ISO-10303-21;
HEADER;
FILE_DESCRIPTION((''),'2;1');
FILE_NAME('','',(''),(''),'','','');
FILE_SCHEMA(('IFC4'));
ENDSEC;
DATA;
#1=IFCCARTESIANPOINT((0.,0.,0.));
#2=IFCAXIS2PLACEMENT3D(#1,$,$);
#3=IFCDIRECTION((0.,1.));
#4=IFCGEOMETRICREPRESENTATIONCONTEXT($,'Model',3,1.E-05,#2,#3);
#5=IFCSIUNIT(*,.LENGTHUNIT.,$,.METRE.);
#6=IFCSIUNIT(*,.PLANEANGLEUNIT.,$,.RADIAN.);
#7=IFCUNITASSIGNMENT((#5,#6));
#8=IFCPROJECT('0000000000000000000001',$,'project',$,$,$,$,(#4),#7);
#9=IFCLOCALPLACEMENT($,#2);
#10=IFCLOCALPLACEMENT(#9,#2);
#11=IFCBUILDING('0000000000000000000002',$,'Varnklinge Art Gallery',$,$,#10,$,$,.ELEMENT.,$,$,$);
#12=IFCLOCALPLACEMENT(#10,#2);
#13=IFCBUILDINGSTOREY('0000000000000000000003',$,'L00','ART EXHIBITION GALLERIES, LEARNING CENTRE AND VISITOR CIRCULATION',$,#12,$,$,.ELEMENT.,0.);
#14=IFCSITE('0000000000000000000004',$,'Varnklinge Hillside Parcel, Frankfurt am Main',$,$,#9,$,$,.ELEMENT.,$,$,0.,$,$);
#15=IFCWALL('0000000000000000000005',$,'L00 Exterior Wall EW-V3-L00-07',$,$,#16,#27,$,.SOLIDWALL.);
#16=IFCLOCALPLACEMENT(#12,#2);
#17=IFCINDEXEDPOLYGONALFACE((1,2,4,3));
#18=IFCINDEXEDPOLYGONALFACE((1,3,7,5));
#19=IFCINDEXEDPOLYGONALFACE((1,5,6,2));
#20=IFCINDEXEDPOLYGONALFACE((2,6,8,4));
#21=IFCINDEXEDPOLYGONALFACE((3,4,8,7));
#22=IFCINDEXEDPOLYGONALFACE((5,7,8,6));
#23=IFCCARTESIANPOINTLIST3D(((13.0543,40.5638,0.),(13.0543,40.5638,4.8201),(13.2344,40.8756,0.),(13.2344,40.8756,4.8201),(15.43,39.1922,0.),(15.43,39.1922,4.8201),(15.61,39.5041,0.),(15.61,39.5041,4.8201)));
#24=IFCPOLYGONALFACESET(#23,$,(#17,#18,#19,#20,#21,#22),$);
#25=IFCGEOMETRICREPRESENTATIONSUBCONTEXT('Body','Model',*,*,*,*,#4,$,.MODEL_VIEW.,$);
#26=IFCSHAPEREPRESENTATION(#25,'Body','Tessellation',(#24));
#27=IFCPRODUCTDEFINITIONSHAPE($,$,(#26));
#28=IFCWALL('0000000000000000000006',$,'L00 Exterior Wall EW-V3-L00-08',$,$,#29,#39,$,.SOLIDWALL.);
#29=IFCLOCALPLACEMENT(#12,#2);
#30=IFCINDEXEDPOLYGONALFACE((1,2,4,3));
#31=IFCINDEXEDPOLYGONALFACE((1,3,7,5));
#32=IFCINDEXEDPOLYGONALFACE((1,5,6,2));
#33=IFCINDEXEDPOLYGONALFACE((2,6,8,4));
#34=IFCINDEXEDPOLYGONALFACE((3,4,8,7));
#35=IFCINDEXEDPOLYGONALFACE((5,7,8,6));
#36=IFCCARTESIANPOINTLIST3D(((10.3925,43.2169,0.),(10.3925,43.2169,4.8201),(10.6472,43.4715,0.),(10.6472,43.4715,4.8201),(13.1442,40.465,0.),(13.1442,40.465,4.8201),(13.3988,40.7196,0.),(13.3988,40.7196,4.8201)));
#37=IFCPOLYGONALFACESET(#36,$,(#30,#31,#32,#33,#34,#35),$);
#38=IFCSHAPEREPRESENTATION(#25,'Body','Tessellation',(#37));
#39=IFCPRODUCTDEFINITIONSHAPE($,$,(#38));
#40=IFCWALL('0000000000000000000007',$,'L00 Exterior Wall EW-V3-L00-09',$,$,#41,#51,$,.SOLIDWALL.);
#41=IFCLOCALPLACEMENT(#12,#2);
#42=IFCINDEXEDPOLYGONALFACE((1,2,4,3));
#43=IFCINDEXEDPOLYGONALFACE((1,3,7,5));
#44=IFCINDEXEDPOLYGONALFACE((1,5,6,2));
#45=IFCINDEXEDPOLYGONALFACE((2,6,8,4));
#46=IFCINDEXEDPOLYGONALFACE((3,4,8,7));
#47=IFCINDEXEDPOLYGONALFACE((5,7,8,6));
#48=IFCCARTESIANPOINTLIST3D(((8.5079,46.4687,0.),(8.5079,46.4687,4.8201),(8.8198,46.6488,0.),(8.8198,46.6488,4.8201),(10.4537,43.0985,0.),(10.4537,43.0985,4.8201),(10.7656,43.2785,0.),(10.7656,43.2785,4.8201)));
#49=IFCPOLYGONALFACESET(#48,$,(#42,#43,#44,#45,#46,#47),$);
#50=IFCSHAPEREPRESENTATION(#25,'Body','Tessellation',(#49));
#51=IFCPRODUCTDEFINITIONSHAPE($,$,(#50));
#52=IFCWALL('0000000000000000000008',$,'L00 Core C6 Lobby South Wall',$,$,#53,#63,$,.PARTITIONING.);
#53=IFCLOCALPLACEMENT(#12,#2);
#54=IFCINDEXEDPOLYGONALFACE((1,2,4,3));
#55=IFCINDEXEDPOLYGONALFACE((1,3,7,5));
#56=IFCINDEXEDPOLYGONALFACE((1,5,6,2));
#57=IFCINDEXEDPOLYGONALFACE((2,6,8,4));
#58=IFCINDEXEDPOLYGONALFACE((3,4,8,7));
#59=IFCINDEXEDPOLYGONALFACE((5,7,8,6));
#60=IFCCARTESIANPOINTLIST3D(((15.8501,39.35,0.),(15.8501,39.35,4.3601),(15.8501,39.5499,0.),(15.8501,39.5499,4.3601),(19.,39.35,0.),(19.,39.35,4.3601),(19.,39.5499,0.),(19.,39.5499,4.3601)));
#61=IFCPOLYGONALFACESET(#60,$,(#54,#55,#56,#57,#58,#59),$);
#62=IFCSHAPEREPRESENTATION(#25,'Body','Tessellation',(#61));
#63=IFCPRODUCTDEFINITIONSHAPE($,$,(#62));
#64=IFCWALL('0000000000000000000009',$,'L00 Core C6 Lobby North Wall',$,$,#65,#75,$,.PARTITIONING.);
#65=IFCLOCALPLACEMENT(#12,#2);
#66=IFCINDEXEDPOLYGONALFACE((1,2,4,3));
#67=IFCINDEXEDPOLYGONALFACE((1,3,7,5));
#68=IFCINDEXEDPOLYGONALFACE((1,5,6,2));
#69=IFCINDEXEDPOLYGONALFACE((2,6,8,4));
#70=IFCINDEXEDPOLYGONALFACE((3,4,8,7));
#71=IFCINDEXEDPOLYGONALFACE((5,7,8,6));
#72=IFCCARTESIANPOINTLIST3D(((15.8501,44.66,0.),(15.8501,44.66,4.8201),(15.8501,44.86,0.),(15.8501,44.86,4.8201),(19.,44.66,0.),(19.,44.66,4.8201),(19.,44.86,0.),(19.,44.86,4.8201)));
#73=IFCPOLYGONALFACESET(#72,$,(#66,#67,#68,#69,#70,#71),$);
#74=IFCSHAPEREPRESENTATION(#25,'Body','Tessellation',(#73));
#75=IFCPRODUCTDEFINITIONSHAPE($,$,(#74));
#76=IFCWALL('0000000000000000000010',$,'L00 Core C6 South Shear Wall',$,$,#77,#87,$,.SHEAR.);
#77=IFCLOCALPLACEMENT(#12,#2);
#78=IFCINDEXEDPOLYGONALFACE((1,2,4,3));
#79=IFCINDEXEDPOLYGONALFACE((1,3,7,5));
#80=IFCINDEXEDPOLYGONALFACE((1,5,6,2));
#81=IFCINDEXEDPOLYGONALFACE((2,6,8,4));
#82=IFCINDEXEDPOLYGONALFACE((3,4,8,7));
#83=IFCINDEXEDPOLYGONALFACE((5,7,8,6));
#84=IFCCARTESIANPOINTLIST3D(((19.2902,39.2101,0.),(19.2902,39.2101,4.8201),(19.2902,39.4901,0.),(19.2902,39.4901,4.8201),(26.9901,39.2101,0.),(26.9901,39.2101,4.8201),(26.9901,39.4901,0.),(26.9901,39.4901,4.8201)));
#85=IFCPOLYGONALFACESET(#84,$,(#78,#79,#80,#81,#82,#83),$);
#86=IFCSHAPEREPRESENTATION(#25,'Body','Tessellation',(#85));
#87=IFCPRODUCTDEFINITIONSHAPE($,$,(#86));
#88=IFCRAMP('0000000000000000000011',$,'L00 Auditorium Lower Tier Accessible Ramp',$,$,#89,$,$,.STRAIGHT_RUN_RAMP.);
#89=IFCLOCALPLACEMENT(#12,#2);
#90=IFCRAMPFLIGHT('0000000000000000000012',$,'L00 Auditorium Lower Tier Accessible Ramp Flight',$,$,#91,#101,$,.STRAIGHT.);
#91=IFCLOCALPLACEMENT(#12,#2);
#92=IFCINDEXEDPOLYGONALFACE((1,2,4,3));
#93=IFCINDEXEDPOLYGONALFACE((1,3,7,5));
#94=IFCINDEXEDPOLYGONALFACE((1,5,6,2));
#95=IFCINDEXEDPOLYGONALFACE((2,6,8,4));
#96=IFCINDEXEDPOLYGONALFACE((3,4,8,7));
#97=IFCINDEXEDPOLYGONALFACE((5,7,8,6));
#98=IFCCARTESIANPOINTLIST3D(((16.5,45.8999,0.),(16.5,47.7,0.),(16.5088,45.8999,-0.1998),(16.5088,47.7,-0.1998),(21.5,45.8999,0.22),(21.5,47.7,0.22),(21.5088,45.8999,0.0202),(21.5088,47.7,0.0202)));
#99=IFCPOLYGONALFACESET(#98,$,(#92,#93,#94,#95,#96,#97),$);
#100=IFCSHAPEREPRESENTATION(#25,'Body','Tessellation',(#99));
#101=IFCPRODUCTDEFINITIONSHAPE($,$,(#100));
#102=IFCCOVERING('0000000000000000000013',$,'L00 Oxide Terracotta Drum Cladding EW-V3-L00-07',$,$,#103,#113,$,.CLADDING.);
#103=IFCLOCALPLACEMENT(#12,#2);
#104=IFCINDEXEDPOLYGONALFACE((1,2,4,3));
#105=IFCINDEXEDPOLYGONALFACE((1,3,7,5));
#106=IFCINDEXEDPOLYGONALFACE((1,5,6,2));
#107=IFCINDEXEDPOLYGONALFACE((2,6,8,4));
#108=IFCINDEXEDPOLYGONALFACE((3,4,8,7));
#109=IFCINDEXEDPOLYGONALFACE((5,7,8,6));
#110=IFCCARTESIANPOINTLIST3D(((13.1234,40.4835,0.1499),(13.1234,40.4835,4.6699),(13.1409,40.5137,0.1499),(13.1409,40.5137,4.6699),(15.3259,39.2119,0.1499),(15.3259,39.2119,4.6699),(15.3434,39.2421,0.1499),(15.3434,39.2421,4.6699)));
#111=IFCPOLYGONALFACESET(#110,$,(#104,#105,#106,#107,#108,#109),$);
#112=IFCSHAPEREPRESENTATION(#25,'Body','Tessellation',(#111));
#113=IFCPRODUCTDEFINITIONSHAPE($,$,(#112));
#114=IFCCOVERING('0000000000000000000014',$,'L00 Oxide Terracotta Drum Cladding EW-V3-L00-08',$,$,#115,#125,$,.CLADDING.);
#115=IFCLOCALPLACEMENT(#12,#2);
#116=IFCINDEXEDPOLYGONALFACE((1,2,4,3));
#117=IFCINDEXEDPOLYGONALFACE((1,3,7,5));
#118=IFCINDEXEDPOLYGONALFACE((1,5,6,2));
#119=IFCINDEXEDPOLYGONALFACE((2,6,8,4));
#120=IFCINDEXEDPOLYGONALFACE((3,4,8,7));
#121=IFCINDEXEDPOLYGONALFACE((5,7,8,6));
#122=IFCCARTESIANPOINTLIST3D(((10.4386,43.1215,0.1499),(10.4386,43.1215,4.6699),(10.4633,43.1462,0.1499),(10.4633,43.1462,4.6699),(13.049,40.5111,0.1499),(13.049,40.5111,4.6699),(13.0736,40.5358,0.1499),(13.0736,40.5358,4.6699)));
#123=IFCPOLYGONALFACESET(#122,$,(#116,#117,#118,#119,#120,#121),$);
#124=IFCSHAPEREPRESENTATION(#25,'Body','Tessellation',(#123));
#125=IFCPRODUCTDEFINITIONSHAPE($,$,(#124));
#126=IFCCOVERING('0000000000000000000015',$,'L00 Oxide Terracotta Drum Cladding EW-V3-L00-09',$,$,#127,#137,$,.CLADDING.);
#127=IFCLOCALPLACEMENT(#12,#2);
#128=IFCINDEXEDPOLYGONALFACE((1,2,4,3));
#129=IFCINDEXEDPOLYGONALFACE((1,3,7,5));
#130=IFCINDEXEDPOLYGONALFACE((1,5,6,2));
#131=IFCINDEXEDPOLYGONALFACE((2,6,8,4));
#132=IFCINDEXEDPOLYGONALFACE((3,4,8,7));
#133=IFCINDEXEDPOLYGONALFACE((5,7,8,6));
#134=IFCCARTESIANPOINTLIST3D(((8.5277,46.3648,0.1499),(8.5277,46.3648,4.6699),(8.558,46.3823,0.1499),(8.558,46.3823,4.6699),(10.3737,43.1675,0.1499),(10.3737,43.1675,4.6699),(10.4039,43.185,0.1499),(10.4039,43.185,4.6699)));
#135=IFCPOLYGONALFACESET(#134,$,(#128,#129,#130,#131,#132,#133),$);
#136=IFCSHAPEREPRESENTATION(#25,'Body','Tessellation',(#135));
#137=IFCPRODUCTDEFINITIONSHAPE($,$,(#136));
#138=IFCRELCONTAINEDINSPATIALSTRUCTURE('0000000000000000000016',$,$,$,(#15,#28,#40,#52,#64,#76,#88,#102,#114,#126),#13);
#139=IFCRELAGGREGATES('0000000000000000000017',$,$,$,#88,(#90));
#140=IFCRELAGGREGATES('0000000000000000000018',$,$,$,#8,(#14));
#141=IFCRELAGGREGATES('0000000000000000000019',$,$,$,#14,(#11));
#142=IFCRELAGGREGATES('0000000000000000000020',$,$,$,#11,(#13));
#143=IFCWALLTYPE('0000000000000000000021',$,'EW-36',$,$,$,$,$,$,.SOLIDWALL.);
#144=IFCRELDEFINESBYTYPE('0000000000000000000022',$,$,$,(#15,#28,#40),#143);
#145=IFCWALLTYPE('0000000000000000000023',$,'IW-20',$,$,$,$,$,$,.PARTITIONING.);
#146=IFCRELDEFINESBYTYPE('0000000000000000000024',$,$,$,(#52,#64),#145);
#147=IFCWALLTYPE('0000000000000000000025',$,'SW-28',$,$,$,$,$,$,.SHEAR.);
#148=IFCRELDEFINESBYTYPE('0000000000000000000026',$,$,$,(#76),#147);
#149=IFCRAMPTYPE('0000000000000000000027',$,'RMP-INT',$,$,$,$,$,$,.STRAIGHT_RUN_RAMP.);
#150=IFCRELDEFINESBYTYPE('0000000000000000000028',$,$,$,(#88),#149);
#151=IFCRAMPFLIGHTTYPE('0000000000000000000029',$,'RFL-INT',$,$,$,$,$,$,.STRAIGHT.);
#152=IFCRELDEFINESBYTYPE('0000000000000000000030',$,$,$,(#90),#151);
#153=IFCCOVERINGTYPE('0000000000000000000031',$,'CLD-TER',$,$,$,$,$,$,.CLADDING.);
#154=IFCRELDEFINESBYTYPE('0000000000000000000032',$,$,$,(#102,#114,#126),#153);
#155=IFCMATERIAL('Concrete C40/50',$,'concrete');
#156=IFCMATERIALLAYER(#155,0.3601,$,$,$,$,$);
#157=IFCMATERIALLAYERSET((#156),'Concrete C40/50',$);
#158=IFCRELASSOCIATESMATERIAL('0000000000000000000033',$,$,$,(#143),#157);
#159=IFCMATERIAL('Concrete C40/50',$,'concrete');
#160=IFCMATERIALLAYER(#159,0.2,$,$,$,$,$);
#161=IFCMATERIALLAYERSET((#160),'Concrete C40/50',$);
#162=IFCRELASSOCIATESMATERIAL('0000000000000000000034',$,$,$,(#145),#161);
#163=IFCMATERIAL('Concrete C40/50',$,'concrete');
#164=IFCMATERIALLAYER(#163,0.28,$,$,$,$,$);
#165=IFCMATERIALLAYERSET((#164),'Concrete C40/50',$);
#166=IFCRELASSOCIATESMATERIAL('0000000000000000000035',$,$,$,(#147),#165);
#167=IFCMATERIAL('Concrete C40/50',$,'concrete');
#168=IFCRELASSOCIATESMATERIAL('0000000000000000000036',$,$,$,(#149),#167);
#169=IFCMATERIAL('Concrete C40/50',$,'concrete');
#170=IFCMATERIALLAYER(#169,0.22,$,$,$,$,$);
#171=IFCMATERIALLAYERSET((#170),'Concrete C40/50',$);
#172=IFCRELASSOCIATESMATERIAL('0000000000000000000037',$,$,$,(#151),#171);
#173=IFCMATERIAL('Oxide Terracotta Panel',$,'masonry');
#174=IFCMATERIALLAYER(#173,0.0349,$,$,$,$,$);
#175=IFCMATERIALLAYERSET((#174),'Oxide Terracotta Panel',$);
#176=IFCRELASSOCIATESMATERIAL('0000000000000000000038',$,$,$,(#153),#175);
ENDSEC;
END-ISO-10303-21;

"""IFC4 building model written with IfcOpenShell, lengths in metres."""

from ifc_helpers import new_model, si_unit, direction, frame, frame_2d, origin, origin_2d, place, context, subcontext, project, spatial, polyline, rectangle, outline, extrude, material, layer, layer_set, type_object, element, aggregate, save


model = new_model("IFC4")

# Units and contexts
model_context = context("Model", 3, precision=1e-05, world=origin(), true_north=direction((0.0, 1.0)))
body_context = subcontext(model_context, "Body", "Model", "MODEL_VIEW")
ifc_project = project(units=[si_unit("LENGTHUNIT", "METRE"), si_unit("PLANEANGLEUNIT", "RADIAN")], contexts=[model_context])

# Site, building, storey
site_placement = place(None, origin())
site = spatial("IfcSite", under=ifc_project, at=site_placement, Name="Varnklinge Hillside Parcel, Frankfurt am Main", CompositionType="ELEMENT", RefElevation=0.0)
building_placement = place(site_placement, origin())
building = spatial("IfcBuilding", under=site, at=building_placement, Name="Varnklinge Art Gallery", CompositionType="ELEMENT")
storey_placement = place(building_placement, origin())
storey = spatial("IfcBuildingStorey", under=building, at=storey_placement, Name="L00", Description="ART EXHIBITION GALLERIES, LEARNING CENTRE AND VISITOR CIRCULATION", CompositionType="ELEMENT", Elevation=0.0)

# Walls
ifc_material_1 = material(Name="Concrete C40/50", Category="concrete")
ifc_layer_1 = layer(ifc_material_1, 0.3601)
ifc_layer_set_1 = layer_set([ifc_layer_1], Name="Concrete C40/50")
wall_type_1 = type_object("IfcWallType", Name="EW-36", PredefinedType="SOLIDWALL", material=ifc_layer_set_1)
wall_1_placement = place(storey_placement, frame((15.52, 39.3481, 0.0), z_axis=(0.0, 0.0, 1.0), x_axis=(-0.866033, 0.499987, 0.0)))
element("IfcWall", 1, at=wall_1_placement, inside=storey, type_object=wall_type_1, Name="L00 Exterior Wall EW-V3-L00-07", PredefinedType="SOLIDWALL", context=body_context, shape_type="SweptSolid", body=[
    extrude(rectangle(XDim=2.7432, YDim=0.3601, at=frame_2d((1.3716, 0.0))), origin(), (0.0, 0.0, 1.0), 4.8201),
])
for number, where, z_axis, x_axis, name in (
    (2, (13.2715, 40.5923, 0.0), (0.0, 0.0, 1.0), (-0.707075, 0.707138, 0.0), "L00 Exterior Wall EW-V3-L00-08"),
    (3, (10.6096, 43.1885, 0.0), (0.0, 0.0, 1.0), (-0.499985, 0.866034, 0.0), "L00 Exterior Wall EW-V3-L00-09"),
):
    element("IfcWall", number, at=place(storey_placement, frame(where, z_axis=z_axis, x_axis=x_axis)), inside=storey, type_object=wall_type_1, Name=name, PredefinedType="SOLIDWALL", context=body_context, shape_type="SweptSolid", body=[
        extrude(rectangle(XDim=3.8916, YDim=0.3601, at=frame_2d((1.9458, 0.0))), origin(), (0.0, 0.0, 1.0), 4.8201),
    ])
ifc_material_2 = material(Name="Concrete C40/50", Category="concrete")
ifc_layer_2 = layer(ifc_material_2, 0.2)
ifc_layer_set_2 = layer_set([ifc_layer_2], Name="Concrete C40/50")
wall_type_2 = type_object("IfcWallType", Name="IW-20", PredefinedType="PARTITIONING", material=ifc_layer_set_2)
wall_2_placement = place(storey_placement, frame((15.8501, 39.45, 0.0), z_axis=(0.0, 0.0, 1.0), x_axis=(1.0, 0.0, 0.0)))
element("IfcWall", 4, at=wall_2_placement, inside=storey, type_object=wall_type_2, Name="L00 Core C6 Lobby South Wall", PredefinedType="PARTITIONING", context=body_context, shape_type="SweptSolid", body=[
    extrude(rectangle(XDim=3.1499, YDim=0.2, at=frame_2d((1.575, 0.0))), origin(), (0.0, 0.0, 1.0), 4.3601),
])
wall_3_placement = place(storey_placement, frame((19.0, 44.76, 0.0), z_axis=(0.0, 0.0, 1.0), x_axis=(-1.0, 0.0, 0.0)))
element("IfcWall", 5, at=wall_3_placement, inside=storey, type_object=wall_type_2, Name="L00 Core C6 Lobby North Wall", PredefinedType="PARTITIONING", context=body_context, shape_type="SweptSolid", body=[
    extrude(rectangle(XDim=3.1499, YDim=0.2, at=frame_2d((1.575, 0.0))), origin(), (0.0, 0.0, 1.0), 4.8201),
])

# Wall
ifc_material_3 = material(Name="Concrete C40/50", Category="concrete")
ifc_layer_3 = layer(ifc_material_3, 0.28)
ifc_layer_set_3 = layer_set([ifc_layer_3], Name="Concrete C40/50")
wall_type_3 = type_object("IfcWallType", Name="SW-28", PredefinedType="SHEAR", material=ifc_layer_set_3)
wall_4_placement = place(storey_placement, frame((19.29, 39.3501, 0.0), z_axis=(0.0, 0.0, 1.0), x_axis=(1.0, 0.0, 0.0)))
element("IfcWall", 6, at=wall_4_placement, inside=storey, type_object=wall_type_3, Name="L00 Core C6 South Shear Wall", PredefinedType="SHEAR", context=body_context, shape_type="SweptSolid", body=[
    extrude(rectangle(XDim=7.7, YDim=0.28, at=frame_2d((3.8501, 0.0))), origin(), (0.0, 0.0, 1.0), 4.8201),
])

# Ramp, ramp flight
ifc_material_4 = material(Name="Concrete C40/50", Category="concrete")
ramp_type = type_object("IfcRampType", Name="RMP-INT", PredefinedType="STRAIGHT_RUN_RAMP", material=ifc_material_4)
ramp_placement = place(storey_placement, origin())
ramp = element("IfcRamp", 7, at=ramp_placement, inside=storey, type_object=ramp_type, Name="L00 Auditorium Lower Tier Accessible Ramp", PredefinedType="STRAIGHT_RUN_RAMP")
ifc_material_5 = material(Name="Concrete C40/50", Category="concrete")
ifc_layer_4 = layer(ifc_material_5, 0.22)
ifc_layer_set_4 = layer_set([ifc_layer_4], Name="Concrete C40/50")
ramp_flight_type = type_object("IfcRampFlightType", Name="RFL-INT", PredefinedType="STRAIGHT", material=ifc_layer_set_4)
ramp_flight_placement = place(storey_placement, frame((16.5, 45.8999, 0.0), z_axis=(-0.043952, 0.0, 0.999034), x_axis=(0.999034, 0.0, 0.043952)))
ramp_flight = element("IfcRampFlight", 8, at=ramp_flight_placement, type_object=ramp_flight_type, Name="L00 Auditorium Lower Tier Accessible Ramp Flight", PredefinedType="STRAIGHT", context=body_context, shape_type="SweptSolid", body=[
    extrude(outline(polyline([(0.0, 0.0), (5.0048, 0.0), (5.0048, 1.8), (0.0, 1.8), (0.0, 0.0)])), origin(), (0.0, 0.0, -1.0), 0.2),
])
aggregate(ramp, [ramp_flight])

# Coverings
ifc_material_6 = material(Name="Oxide Terracotta Panel", Category="masonry")
ifc_layer_5 = layer(ifc_material_6, 0.0349)
ifc_layer_set_5 = layer_set([ifc_layer_5], Name="Oxide Terracotta Panel")
covering_type = type_object("IfcCoveringType", Name="CLD-TER", PredefinedType="CLADDING", material=ifc_layer_set_5)
covering_1_placement = place(storey_placement, frame((14.2334, 39.8628, 0.1499), z_axis=(0.0, 0.0, 1.0), x_axis=(-0.866025, 0.5, 0.0)))
element("IfcCovering", 9, at=covering_1_placement, inside=storey, type_object=covering_type, Name="L00 Oxide Terracotta Drum Cladding EW-V3-L00-07", PredefinedType="CLADDING", context=body_context, shape_type="SweptSolid", body=[
    extrude(rectangle(XDim=2.5432, YDim=0.0349, at=origin_2d()), origin(), (0.0, 0.0, 1.0), 4.52),
])
covering_2_placement = place(storey_placement, frame((11.7561, 41.8286, 0.1499), z_axis=(0.0, 0.0, 1.0), x_axis=(-0.707107, 0.707107, 0.0)))
element("IfcCovering", 10, at=covering_2_placement, inside=storey, type_object=covering_type, Name="L00 Oxide Terracotta Drum Cladding EW-V3-L00-08", PredefinedType="CLADDING", context=body_context, shape_type="SweptSolid", body=[
    extrude(rectangle(XDim=3.6917, YDim=0.0349, at=origin_2d()), origin(), (0.0, 0.0, 1.0), 4.52),
])
covering_3_placement = place(storey_placement, frame((9.4658, 44.7749, 0.1499), z_axis=(0.0, 0.0, 1.0), x_axis=(-0.5, 0.866025, 0.0)))
element("IfcCovering", 11, at=covering_3_placement, inside=storey, type_object=covering_type, Name="L00 Oxide Terracotta Drum Cladding EW-V3-L00-09", PredefinedType="CLADDING", context=body_context, shape_type="SweptSolid", body=[
    extrude(rectangle(XDim=3.6919, YDim=0.0349, at=origin_2d()), origin(), (0.0, 0.0, 1.0), 4.52),
])

save(model, "model.ifc")
